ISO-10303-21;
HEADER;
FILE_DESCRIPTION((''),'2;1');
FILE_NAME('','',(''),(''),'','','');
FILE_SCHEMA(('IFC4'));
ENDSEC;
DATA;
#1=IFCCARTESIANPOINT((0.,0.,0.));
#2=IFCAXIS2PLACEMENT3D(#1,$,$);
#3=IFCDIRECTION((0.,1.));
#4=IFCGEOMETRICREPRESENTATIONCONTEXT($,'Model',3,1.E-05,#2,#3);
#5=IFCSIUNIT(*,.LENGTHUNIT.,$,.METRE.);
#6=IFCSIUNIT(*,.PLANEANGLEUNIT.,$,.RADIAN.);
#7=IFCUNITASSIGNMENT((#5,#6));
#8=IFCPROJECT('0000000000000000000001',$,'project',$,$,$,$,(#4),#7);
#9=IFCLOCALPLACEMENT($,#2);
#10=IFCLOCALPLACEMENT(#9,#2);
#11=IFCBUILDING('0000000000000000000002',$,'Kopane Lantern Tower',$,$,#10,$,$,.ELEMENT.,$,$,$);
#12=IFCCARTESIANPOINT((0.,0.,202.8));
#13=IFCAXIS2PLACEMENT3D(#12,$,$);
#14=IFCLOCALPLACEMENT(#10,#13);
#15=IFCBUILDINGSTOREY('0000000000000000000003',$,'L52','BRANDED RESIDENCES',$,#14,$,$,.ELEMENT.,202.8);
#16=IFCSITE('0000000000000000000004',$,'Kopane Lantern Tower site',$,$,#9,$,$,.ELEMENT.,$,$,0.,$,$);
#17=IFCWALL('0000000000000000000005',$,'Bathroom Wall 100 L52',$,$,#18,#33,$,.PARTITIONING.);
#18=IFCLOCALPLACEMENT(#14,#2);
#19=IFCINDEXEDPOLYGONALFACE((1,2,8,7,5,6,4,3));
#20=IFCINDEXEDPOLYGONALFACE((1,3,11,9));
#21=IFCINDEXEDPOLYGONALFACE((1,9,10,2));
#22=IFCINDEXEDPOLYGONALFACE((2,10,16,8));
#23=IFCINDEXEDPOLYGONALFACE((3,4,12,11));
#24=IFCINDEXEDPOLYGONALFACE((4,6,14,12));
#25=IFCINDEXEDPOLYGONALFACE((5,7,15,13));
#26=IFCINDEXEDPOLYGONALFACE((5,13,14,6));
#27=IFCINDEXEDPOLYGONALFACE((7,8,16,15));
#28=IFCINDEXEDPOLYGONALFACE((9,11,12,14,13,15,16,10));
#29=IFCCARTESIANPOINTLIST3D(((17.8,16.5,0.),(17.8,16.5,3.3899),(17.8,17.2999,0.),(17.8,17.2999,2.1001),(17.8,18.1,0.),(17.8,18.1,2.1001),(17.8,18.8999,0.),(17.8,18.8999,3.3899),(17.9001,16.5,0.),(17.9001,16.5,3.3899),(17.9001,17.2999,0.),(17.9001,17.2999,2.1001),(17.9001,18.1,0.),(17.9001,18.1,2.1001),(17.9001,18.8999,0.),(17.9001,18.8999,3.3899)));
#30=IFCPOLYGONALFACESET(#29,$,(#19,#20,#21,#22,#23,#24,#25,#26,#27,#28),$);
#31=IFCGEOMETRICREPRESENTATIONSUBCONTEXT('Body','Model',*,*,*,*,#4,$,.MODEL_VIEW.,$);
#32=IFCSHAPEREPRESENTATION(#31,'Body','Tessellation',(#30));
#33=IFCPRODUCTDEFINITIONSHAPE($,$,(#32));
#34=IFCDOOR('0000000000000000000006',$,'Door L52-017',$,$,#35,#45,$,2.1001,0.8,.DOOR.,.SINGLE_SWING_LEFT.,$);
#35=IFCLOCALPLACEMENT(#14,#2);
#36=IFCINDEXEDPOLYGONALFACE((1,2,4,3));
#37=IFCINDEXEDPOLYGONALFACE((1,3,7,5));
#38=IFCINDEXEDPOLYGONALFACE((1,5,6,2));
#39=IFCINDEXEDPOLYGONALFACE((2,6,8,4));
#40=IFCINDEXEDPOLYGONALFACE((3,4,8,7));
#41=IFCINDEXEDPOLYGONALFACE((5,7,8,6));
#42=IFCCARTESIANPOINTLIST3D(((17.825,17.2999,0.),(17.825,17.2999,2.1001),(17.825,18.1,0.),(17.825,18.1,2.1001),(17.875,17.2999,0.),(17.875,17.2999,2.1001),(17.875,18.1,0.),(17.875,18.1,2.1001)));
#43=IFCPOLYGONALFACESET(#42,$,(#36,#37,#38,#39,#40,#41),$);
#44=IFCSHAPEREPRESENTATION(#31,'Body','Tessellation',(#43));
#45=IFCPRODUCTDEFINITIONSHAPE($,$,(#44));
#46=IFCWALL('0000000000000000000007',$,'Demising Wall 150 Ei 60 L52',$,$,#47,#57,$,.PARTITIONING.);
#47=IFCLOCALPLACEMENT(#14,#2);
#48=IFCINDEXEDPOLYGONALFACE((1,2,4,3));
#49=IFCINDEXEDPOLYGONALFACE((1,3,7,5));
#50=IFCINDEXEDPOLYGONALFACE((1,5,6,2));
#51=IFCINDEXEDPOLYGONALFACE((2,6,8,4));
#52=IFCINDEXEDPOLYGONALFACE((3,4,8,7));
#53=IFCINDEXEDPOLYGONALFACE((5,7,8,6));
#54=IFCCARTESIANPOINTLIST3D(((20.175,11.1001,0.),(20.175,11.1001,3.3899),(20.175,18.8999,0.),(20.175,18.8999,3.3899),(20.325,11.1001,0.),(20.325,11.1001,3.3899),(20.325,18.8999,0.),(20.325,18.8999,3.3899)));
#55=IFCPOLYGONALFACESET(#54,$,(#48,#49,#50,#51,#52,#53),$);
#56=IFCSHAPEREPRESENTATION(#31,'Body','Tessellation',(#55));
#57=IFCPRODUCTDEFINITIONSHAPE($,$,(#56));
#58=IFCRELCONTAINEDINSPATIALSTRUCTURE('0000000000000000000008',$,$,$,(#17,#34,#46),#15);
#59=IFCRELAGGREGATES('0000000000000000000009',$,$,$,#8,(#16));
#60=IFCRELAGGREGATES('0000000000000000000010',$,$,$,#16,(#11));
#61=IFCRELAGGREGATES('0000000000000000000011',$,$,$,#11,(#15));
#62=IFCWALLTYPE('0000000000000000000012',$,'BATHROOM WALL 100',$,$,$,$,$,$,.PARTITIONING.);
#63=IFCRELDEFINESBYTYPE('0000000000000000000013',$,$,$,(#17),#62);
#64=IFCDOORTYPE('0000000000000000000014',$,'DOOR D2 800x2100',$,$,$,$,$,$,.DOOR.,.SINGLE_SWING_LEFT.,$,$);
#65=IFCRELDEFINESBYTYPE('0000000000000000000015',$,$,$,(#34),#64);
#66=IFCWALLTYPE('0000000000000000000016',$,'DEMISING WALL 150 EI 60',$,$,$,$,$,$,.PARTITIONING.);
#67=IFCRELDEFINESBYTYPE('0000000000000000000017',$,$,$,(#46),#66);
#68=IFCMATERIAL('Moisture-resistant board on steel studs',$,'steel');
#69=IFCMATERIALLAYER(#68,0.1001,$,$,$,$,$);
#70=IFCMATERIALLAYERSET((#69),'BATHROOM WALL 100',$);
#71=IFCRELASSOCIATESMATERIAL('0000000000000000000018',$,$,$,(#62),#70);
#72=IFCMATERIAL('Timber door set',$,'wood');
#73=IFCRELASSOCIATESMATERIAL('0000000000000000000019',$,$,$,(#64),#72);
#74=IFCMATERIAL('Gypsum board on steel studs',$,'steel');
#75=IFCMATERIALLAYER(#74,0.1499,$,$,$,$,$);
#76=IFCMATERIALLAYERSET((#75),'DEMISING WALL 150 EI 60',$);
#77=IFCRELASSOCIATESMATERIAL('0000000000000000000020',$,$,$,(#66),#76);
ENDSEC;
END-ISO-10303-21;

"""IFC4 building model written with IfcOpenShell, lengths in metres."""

from ifc_helpers import new_model, si_unit, direction, frame, frame_2d, origin, place, context, subcontext, project, spatial, rectangle, extrude, material, layer, layer_set, type_object, element, fill, save


model = new_model("IFC4")

# Units and contexts
model_context = context("Model", 3, precision=1e-05, world=origin(), true_north=direction((0.0, 1.0)))
body_context = subcontext(model_context, "Body", "Model", "MODEL_VIEW")
ifc_project = project(units=[si_unit("LENGTHUNIT", "METRE"), si_unit("PLANEANGLEUNIT", "RADIAN")], contexts=[model_context])

# Site, building, storey
site_placement = place(None, origin())
site = spatial("IfcSite", under=ifc_project, at=site_placement, Name="Kopane Lantern Tower site", CompositionType="ELEMENT", RefElevation=0.0)
building_placement = place(site_placement, origin())
building = spatial("IfcBuilding", under=site, at=building_placement, Name="Kopane Lantern Tower", CompositionType="ELEMENT")
storey_placement = place(building_placement, frame((0.0, 0.0, 202.8)))
storey = spatial("IfcBuildingStorey", under=building, at=storey_placement, Name="L52", Description="BRANDED RESIDENCES", CompositionType="ELEMENT", Elevation=202.8)

# Wall, opening, door
ifc_material_1 = material(Name="Moisture-resistant board on steel studs", Category="steel")
ifc_layer_1 = layer(ifc_material_1, 0.1001)
ifc_layer_set_1 = layer_set([ifc_layer_1], Name="BATHROOM WALL 100")
wall_type_1 = type_object("IfcWallType", Name="BATHROOM WALL 100", PredefinedType="PARTITIONING", material=ifc_layer_set_1)
wall_1_placement = place(storey_placement, frame((17.8501, 18.8999, 0.0), z_axis=(0.0, 0.0, 1.0), x_axis=(0.0, -1.0, 0.0)))
wall_1 = element("IfcWall", 1, at=wall_1_placement, inside=storey, type_object=wall_type_1, Name="Bathroom Wall 100 L52", PredefinedType="PARTITIONING", context=body_context, shape_type="SweptSolid", body=[
    extrude(rectangle(XDim=2.3999, YDim=0.1001, at=frame_2d((1.2, 0.0))), origin(), (0.0, 0.0, 1.0), 3.3899),
])
opening_placement = place(wall_1_placement, frame((0.8, 0.0, 0.0)))
opening = element("IfcOpeningElement", 2, at=opening_placement, cuts=wall_1, PredefinedType="OPENING", context=body_context, shape_type="SweptSolid", body=[
    extrude(rectangle(XDim=0.8, YDim=2.1001, at=frame_2d((0.3999, 1.05))), frame((0.0, 0.0601, 0.0), z_axis=(0.0, -1.0, 0.0), x_axis=(1.0, 0.0, 0.0)), (0.0, 0.0, 1.0), 0.1201),
])
ifc_material_2 = material(Name="Timber door set", Category="wood")
door_type = type_object("IfcDoorType", Name="DOOR D2 800x2100", OperationType="SINGLE_SWING_LEFT", PredefinedType="DOOR", material=ifc_material_2)
door_placement = place(opening_placement, origin())
door = element("IfcDoor", 3, at=door_placement, inside=storey, type_object=door_type, Name="Door L52-017", OperationType="SINGLE_SWING_LEFT", OverallHeight=2.1001, OverallWidth=0.8, PredefinedType="DOOR", context=body_context, shape_type="SweptSolid", body=[
    extrude(rectangle(XDim=0.8, YDim=2.1001, at=frame_2d((0.3999, 1.05))), frame((0.0, 0.0249, 0.0), z_axis=(0.0, -1.0, 0.0), x_axis=(1.0, 0.0, 0.0)), (0.0, 0.0, 1.0), 0.05),
])
fill(opening, door)

# Wall
ifc_material_3 = material(Name="Gypsum board on steel studs", Category="steel")
ifc_layer_2 = layer(ifc_material_3, 0.1499)
ifc_layer_set_2 = layer_set([ifc_layer_2], Name="DEMISING WALL 150 EI 60")
wall_type_2 = type_object("IfcWallType", Name="DEMISING WALL 150 EI 60", PredefinedType="PARTITIONING", material=ifc_layer_set_2)
wall_2_placement = place(storey_placement, frame((20.25, 18.8999, 0.0), z_axis=(0.0, 0.0, 1.0), x_axis=(0.0, -1.0, 0.0)))
element("IfcWall", 4, at=wall_2_placement, inside=storey, type_object=wall_type_2, Name="Demising Wall 150 Ei 60 L52", PredefinedType="PARTITIONING", context=body_context, shape_type="SweptSolid", body=[
    extrude(rectangle(XDim=7.7998, YDim=0.1499, at=frame_2d((3.8999, 0.0))), origin(), (0.0, 0.0, 1.0), 3.3899),
])

save(model, "model.ifc")
